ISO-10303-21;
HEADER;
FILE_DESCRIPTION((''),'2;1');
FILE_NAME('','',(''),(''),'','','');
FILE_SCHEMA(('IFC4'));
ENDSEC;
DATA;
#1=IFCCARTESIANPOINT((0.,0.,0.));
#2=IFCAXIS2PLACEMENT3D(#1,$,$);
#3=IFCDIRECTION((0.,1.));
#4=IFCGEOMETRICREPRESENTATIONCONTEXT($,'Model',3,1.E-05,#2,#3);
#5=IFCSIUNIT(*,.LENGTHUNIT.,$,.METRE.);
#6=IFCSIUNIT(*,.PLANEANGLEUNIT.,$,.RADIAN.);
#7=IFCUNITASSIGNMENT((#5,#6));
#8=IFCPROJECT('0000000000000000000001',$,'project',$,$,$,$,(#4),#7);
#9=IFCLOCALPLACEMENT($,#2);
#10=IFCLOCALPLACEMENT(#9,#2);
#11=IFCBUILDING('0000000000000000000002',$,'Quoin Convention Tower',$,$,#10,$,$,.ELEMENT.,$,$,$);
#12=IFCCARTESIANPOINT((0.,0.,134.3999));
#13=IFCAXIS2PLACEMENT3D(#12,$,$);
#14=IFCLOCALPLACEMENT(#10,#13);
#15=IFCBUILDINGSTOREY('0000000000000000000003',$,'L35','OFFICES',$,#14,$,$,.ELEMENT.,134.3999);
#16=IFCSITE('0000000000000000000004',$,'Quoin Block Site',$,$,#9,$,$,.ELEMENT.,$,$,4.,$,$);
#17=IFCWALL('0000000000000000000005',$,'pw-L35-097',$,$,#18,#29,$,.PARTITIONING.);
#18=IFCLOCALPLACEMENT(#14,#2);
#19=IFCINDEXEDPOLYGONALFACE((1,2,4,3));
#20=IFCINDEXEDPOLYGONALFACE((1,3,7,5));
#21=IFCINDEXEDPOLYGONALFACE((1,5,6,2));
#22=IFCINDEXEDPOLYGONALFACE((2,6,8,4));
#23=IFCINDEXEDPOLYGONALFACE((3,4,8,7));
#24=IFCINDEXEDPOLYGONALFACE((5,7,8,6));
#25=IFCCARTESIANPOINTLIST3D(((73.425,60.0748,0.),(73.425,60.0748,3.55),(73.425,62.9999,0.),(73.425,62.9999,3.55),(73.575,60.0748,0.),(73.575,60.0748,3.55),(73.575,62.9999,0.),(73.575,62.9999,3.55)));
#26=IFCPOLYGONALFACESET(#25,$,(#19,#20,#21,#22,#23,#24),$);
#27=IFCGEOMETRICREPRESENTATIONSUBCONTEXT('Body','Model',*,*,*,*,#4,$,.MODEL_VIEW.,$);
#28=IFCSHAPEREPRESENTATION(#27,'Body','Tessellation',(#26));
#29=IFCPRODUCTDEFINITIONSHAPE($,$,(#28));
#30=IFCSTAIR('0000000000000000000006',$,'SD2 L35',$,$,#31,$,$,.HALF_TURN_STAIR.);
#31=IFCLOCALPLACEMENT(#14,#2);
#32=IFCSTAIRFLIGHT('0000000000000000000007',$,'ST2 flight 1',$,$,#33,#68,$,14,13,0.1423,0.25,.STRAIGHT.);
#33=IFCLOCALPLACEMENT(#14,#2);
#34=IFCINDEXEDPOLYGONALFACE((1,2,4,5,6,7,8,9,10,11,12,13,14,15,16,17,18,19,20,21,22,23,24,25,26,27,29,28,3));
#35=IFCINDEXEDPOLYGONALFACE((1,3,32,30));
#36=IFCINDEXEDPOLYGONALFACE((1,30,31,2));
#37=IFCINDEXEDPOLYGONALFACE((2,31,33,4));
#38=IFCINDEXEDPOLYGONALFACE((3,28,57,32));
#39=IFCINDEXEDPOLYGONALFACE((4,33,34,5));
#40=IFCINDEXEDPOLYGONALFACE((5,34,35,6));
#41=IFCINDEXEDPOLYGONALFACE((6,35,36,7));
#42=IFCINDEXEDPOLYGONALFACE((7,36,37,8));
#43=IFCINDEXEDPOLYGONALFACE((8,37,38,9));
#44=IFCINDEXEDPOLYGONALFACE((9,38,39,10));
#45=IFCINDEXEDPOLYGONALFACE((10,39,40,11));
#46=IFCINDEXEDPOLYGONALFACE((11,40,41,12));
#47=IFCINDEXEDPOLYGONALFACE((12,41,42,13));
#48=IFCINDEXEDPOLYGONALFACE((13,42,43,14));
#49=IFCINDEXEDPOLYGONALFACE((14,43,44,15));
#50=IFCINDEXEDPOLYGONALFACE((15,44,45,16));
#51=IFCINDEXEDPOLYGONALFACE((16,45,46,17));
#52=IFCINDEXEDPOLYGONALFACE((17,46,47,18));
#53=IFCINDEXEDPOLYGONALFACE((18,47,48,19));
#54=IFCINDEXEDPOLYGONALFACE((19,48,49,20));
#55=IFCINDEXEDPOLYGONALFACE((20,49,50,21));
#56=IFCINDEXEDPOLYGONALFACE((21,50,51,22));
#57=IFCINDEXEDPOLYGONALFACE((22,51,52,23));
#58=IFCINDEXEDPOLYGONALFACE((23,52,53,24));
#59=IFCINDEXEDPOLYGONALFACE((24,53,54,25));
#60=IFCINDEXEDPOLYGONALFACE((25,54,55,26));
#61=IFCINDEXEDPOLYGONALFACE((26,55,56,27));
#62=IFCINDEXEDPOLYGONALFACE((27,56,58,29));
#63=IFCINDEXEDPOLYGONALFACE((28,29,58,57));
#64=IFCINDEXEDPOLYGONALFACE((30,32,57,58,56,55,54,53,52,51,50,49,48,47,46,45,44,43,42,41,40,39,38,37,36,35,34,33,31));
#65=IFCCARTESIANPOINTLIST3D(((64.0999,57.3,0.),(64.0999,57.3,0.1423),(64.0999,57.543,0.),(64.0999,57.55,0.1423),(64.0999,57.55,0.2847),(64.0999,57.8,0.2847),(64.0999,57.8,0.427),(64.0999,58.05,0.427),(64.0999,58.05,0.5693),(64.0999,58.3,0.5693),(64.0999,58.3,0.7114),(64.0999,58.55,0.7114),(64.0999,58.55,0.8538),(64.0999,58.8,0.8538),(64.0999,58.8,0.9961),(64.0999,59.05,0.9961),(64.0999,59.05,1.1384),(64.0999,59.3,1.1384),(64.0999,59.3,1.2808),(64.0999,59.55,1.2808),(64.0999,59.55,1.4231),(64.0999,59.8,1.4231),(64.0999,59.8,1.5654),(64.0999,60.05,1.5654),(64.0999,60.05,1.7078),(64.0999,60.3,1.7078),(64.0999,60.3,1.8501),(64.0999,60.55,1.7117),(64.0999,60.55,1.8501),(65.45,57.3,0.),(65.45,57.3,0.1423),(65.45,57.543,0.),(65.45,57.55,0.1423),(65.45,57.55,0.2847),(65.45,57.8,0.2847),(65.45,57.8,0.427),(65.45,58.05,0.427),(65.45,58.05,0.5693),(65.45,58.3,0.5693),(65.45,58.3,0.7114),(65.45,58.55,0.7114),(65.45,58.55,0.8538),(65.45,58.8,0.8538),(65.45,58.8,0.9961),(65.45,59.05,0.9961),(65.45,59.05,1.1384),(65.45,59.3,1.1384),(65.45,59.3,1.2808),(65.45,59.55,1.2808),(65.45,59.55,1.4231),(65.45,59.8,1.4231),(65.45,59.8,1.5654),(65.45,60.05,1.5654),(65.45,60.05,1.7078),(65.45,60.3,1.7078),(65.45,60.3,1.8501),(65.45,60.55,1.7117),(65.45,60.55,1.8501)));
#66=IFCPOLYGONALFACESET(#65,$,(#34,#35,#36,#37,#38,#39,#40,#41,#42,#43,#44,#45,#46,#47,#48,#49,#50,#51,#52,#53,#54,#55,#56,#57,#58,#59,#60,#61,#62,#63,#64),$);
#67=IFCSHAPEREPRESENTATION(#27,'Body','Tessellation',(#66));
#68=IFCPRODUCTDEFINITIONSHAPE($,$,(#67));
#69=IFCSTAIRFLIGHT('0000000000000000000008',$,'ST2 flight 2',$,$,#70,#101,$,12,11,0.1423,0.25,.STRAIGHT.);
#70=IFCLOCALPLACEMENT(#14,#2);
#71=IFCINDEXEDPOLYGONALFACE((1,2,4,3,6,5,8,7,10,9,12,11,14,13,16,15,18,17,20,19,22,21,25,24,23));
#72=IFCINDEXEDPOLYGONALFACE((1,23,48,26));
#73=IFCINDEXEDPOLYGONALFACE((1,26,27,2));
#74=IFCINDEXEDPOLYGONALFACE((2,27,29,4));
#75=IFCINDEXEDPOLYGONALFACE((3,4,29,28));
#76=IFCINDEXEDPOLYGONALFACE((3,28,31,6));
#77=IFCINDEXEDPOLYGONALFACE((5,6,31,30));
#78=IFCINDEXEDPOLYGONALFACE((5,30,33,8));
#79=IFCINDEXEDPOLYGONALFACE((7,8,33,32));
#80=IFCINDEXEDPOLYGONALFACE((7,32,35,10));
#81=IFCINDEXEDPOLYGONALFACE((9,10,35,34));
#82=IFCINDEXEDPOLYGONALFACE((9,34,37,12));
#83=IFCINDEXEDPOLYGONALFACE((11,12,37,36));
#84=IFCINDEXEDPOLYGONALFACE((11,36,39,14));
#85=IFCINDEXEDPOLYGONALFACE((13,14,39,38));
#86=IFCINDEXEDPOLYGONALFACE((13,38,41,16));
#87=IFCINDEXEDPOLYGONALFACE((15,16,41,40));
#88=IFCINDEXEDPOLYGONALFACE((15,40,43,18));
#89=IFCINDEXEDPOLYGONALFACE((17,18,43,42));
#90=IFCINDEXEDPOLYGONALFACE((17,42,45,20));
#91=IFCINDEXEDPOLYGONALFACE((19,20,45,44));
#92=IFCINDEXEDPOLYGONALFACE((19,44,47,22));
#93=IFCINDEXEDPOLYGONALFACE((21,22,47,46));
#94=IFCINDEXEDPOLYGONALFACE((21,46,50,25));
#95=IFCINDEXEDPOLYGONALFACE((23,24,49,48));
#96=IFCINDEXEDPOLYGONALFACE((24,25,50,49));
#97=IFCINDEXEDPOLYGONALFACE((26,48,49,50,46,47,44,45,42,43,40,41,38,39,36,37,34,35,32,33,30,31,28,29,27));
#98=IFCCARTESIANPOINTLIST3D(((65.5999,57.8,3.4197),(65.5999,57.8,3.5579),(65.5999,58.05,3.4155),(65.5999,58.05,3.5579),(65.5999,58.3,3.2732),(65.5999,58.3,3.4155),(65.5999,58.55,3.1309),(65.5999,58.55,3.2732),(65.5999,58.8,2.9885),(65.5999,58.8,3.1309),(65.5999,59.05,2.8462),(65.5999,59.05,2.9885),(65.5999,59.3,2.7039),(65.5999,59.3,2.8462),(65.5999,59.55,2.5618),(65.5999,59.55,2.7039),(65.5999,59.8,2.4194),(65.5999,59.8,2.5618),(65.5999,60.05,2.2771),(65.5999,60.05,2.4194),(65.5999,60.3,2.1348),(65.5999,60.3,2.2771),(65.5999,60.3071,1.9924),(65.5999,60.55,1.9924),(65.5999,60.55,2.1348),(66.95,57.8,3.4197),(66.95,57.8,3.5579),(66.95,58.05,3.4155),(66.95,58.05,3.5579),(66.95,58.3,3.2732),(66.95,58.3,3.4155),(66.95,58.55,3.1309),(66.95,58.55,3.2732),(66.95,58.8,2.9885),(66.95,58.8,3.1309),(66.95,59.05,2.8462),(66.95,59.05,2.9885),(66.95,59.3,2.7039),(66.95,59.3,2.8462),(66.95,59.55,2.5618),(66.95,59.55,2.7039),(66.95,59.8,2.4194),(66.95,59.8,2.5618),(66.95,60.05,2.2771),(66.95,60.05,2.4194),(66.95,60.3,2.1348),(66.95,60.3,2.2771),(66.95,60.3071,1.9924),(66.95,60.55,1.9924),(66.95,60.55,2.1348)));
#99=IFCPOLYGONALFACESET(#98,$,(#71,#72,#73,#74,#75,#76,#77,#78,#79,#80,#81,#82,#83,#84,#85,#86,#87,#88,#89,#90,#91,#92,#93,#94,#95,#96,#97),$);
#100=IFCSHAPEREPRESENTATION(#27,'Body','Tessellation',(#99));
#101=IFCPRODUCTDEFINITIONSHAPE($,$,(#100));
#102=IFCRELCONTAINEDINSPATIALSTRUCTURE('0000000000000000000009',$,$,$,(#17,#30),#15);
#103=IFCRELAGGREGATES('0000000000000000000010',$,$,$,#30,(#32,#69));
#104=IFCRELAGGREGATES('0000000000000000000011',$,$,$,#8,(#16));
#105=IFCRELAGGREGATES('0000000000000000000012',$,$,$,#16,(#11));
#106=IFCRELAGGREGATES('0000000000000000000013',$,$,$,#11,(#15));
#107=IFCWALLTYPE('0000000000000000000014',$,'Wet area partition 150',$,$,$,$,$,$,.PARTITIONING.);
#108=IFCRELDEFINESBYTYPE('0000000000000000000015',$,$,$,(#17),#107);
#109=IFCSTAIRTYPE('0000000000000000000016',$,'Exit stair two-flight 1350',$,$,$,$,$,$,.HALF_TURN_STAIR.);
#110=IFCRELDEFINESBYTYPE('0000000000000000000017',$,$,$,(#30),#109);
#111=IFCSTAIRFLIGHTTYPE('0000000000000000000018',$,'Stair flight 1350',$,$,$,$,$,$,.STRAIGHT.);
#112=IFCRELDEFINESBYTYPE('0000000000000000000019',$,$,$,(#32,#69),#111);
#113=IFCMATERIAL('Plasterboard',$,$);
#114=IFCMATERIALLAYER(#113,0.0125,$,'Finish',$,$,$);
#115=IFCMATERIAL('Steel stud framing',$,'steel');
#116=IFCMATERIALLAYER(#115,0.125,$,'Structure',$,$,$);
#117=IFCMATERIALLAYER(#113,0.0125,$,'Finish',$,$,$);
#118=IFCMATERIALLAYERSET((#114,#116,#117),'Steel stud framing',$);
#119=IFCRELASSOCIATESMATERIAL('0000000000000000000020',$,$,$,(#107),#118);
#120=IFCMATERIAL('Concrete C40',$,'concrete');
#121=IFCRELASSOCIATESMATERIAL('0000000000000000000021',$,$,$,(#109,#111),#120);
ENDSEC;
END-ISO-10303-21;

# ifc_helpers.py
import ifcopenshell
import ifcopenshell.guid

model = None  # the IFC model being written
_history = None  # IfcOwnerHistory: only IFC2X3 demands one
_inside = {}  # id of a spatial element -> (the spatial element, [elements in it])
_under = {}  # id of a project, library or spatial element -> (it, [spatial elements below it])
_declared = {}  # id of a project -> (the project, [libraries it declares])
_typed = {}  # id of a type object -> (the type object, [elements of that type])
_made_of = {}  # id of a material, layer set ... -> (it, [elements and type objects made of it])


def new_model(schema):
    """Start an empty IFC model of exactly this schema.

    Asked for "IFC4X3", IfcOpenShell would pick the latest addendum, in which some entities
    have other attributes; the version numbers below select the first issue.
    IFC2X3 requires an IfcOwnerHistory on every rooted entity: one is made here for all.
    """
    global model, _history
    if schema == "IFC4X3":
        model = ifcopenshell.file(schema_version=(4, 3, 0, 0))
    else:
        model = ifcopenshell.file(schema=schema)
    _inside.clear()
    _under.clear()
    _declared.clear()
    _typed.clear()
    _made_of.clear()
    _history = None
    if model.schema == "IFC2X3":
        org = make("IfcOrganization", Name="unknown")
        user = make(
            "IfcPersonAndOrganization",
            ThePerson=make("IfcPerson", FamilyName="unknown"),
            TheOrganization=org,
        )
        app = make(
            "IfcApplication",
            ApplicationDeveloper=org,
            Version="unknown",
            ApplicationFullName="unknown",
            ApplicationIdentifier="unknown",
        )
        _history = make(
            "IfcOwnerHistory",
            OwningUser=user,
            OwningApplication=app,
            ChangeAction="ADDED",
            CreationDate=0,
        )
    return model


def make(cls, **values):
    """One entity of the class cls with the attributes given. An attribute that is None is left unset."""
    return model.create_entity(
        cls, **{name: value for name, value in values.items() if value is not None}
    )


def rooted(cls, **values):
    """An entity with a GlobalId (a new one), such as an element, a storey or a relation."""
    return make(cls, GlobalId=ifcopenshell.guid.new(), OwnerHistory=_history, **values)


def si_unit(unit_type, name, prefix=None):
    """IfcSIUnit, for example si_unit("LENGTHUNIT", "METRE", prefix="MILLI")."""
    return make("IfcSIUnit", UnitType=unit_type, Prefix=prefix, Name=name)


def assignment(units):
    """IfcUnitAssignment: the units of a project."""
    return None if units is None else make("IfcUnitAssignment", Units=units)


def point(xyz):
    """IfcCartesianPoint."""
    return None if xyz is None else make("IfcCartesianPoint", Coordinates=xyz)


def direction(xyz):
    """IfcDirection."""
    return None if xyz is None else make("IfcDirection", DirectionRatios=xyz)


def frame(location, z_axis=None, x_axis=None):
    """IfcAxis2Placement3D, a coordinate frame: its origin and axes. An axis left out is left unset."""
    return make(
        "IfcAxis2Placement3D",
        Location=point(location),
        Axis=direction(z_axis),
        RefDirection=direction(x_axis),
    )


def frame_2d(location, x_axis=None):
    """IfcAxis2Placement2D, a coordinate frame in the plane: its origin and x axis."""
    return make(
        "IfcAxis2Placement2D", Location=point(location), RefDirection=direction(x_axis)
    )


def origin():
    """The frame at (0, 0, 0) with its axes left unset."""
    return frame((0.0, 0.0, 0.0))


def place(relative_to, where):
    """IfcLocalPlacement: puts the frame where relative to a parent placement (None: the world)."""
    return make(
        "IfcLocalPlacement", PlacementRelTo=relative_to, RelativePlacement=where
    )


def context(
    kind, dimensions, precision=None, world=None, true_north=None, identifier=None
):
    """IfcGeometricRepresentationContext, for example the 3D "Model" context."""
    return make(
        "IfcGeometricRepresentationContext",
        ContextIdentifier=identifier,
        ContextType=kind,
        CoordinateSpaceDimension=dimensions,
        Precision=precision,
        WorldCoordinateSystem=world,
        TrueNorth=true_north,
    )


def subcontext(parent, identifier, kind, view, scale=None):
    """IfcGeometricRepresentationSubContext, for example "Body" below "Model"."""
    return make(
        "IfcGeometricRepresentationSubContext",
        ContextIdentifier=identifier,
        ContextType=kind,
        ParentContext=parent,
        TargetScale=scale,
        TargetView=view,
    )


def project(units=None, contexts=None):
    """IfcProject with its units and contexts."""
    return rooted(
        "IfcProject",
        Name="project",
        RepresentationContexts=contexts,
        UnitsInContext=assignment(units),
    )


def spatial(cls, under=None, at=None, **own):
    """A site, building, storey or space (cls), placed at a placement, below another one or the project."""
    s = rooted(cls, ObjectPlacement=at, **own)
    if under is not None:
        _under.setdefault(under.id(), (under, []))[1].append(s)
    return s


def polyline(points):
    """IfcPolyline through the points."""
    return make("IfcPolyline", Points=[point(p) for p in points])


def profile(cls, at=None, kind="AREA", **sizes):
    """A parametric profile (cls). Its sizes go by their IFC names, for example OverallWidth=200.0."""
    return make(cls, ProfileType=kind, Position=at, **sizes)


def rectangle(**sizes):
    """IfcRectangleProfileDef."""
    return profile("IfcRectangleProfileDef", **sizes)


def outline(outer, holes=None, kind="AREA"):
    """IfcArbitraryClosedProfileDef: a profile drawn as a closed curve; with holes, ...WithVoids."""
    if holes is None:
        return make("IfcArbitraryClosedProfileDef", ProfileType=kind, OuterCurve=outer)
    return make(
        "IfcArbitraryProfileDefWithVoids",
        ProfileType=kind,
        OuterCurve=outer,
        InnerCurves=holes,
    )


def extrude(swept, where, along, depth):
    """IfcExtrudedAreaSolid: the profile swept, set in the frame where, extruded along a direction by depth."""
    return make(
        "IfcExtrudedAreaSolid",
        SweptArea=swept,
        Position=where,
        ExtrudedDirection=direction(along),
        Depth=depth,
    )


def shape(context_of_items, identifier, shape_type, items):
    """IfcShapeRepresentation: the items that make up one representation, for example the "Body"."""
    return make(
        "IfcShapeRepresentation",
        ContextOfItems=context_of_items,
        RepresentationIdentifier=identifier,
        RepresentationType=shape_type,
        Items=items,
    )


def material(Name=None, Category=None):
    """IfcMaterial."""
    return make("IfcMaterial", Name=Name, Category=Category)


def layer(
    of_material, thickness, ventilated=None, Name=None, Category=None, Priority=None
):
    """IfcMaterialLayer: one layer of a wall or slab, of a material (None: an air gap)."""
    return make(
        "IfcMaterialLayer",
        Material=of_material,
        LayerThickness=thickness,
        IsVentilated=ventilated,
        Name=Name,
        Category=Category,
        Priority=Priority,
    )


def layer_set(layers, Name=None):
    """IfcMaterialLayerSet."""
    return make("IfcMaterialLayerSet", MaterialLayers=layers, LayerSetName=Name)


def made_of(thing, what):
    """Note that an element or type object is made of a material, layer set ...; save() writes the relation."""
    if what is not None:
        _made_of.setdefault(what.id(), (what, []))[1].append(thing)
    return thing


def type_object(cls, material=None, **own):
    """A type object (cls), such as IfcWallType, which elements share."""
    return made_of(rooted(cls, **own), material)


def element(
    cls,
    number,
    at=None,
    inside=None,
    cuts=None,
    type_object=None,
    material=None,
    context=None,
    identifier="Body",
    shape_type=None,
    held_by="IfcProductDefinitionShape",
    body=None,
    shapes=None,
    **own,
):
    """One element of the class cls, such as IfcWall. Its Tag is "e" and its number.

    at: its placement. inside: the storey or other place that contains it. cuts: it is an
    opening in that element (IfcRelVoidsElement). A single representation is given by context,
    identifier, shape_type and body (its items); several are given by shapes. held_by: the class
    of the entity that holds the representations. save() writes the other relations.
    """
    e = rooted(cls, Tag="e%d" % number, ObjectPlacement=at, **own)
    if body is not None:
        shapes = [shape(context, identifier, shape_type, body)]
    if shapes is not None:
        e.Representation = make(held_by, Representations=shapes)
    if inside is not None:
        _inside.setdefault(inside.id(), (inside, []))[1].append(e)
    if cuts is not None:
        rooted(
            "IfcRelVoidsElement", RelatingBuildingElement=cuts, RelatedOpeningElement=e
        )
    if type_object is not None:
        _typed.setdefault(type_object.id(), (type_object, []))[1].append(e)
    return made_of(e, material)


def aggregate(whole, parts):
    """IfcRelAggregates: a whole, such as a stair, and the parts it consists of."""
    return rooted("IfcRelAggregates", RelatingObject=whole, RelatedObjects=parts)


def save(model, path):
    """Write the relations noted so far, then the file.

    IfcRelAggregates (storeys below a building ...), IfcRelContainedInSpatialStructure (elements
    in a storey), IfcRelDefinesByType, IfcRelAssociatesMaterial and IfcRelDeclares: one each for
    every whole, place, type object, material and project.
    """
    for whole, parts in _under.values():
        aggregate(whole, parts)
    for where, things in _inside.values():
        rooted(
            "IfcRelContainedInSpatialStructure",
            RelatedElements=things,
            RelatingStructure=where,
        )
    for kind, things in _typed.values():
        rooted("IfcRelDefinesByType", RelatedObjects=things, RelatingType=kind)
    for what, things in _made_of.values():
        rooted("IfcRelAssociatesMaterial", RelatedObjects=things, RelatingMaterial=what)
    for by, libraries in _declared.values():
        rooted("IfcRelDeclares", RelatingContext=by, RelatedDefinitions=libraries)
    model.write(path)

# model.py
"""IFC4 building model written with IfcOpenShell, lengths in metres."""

from ifc_helpers import new_model, si_unit, direction, frame, frame_2d, origin, place, context, subcontext, project, spatial, polyline, rectangle, outline, extrude, material, layer, layer_set, type_object, element, aggregate, save


model = new_model("IFC4")

# Units and contexts
model_context = context("Model", 3, precision=1e-05, world=origin(), true_north=direction((0.0, 1.0)))
body_context = subcontext(model_context, "Body", "Model", "MODEL_VIEW")
ifc_project = project(units=[si_unit("LENGTHUNIT", "METRE"), si_unit("PLANEANGLEUNIT", "RADIAN")], contexts=[model_context])

# Site, building, storey
site_placement = place(None, origin())
site = spatial("IfcSite", under=ifc_project, at=site_placement, Name="Quoin Block Site", CompositionType="ELEMENT", RefElevation=4.0)
building_placement = place(site_placement, origin())
building = spatial("IfcBuilding", under=site, at=building_placement, Name="Quoin Convention Tower", CompositionType="ELEMENT")
storey_placement = place(building_placement, frame((0.0, 0.0, 134.3999)))
storey = spatial("IfcBuildingStorey", under=building, at=storey_placement, Name="L35", Description="OFFICES", CompositionType="ELEMENT", Elevation=134.3999)

# Shared definitions
ifc_material_1 = material(Name="Plasterboard")
ifc_material_2 = material(Name="Steel stud framing", Category="steel")

# Shared definitions
ifc_layer_1 = layer(ifc_material_1, 0.0125, Name="Finish")
ifc_layer_2 = layer(ifc_material_2, 0.125, Name="Structure")
ifc_layer_3 = layer(ifc_material_1, 0.0125, Name="Finish")
ifc_layer_set_1 = layer_set([ifc_layer_1, ifc_layer_2, ifc_layer_3], Name="Steel stud framing")
wall_type_1 = type_object("IfcWallType", Name="Wet area partition 150", PredefinedType="PARTITIONING", material=ifc_layer_set_1)

# Wall
wall_1_placement = place(storey_placement, frame((73.5, 60.075, 0.0), z_axis=(0.0, 0.0, 1.0), x_axis=(0.0, 1.0, 0.0)))
element("IfcWall", 1, at=wall_1_placement, inside=storey, type_object=wall_type_1, Name="pw-L35-097", PredefinedType="PARTITIONING", context=body_context, shape_type="SweptSolid", body=[
    extrude(rectangle(XDim=2.925, YDim=0.1499, at=frame_2d((1.4624, 0.0))), origin(), (0.0, 0.0, 1.0), 3.55),
])

# Stair, stair flights
ifc_material_3 = material(Name="Concrete C40", Category="concrete")
stair_type = type_object("IfcStairType", Name="Exit stair two-flight 1350", PredefinedType="HALF_TURN_STAIR", material=ifc_material_3)
stair_placement = place(storey_placement, origin())
stair = element("IfcStair", 2, at=stair_placement, inside=storey, type_object=stair_type, Name="SD2 L35", PredefinedType="HALF_TURN_STAIR")
stair_flight_type = type_object("IfcStairFlightType", Name="Stair flight 1350", PredefinedType="STRAIGHT", material=ifc_material_3)
stair_flight_1_placement = place(storey_placement, frame((64.7749, 57.3, 0.0), z_axis=(0.0, 0.0, 1.0), x_axis=(0.0, 1.0, 0.0)))
stair_flight_1 = element("IfcStairFlight", 3, at=stair_flight_1_placement, type_object=stair_flight_type, Name="ST2 flight 1", NumberOfRisers=14, NumberOfTreads=13, PredefinedType="STRAIGHT", RiserHeight=0.1423, TreadLength=0.25, context=body_context, shape_type="SweptSolid", body=[
    extrude(outline(polyline([(0.0, 0.0), (0.0, 0.1423), (0.25, 0.1423), (0.25, 0.2847), (0.5, 0.2847), (0.5, 0.427), (0.75, 0.427), (0.75, 0.5693), (1.0, 0.5693), (1.0, 0.7114), (1.25, 0.7114), (1.25, 0.8538), (1.5, 0.8538), (1.5, 0.9961), (1.75, 0.9961), (1.75, 1.1384), (2.0, 1.1384), (2.0, 1.2808), (2.25, 1.2808), (2.25, 1.4231), (2.5, 1.4231), (2.5, 1.5654), (2.75, 1.5654), (2.75, 1.7078), (3.0, 1.7078), (3.0, 1.8501), (3.25, 1.8501), (3.25, 1.9922), (3.25, 1.7117), (0.2429, 0.0), (0.0, 0.0)])), frame((0.0, 0.675, 0.0), z_axis=(0.0, -1.0, 0.0), x_axis=(1.0, 0.0, 0.0)), (0.0, 0.0, 1.0), 1.3501),
])
stair_flight_2_placement = place(storey_placement, frame((66.2749, 60.55, 1.9924), z_axis=(0.0, 0.0, 1.0), x_axis=(0.0, -1.0, 0.0)))
stair_flight_2 = element("IfcStairFlight", 4, at=stair_flight_2_placement, type_object=stair_flight_type, Name="ST2 flight 2", NumberOfRisers=12, NumberOfTreads=11, PredefinedType="STRAIGHT", RiserHeight=0.1423, TreadLength=0.25, context=body_context, shape_type="SweptSolid", body=[
    extrude(outline(polyline([(0.0, 0.0), (0.0, 0.1423), (0.25, 0.1423), (0.25, 0.2847), (0.5, 0.2847), (0.5, 0.427), (0.75, 0.427), (0.75, 0.5693), (1.0, 0.5693), (1.0, 0.7114), (1.25, 0.7114), (1.25, 0.8538), (1.5, 0.8538), (1.5, 0.9961), (1.75, 0.9961), (1.75, 1.1384), (2.0, 1.1384), (2.0, 1.2808), (2.25, 1.2808), (2.25, 1.4231), (2.5, 1.4231), (2.5, 1.5654), (2.75, 1.5654), (2.75, 1.7078), (2.75, 1.4272), (0.2429, 0.0), (0.0, 0.0)])), frame((0.0, 0.675, 0.0), z_axis=(0.0, -1.0, 0.0), x_axis=(1.0, 0.0, 0.0)), (0.0, 0.0, 1.0), 1.3501),
])
aggregate(stair, [stair_flight_1, stair_flight_2])

save(model, "model.ifc")
